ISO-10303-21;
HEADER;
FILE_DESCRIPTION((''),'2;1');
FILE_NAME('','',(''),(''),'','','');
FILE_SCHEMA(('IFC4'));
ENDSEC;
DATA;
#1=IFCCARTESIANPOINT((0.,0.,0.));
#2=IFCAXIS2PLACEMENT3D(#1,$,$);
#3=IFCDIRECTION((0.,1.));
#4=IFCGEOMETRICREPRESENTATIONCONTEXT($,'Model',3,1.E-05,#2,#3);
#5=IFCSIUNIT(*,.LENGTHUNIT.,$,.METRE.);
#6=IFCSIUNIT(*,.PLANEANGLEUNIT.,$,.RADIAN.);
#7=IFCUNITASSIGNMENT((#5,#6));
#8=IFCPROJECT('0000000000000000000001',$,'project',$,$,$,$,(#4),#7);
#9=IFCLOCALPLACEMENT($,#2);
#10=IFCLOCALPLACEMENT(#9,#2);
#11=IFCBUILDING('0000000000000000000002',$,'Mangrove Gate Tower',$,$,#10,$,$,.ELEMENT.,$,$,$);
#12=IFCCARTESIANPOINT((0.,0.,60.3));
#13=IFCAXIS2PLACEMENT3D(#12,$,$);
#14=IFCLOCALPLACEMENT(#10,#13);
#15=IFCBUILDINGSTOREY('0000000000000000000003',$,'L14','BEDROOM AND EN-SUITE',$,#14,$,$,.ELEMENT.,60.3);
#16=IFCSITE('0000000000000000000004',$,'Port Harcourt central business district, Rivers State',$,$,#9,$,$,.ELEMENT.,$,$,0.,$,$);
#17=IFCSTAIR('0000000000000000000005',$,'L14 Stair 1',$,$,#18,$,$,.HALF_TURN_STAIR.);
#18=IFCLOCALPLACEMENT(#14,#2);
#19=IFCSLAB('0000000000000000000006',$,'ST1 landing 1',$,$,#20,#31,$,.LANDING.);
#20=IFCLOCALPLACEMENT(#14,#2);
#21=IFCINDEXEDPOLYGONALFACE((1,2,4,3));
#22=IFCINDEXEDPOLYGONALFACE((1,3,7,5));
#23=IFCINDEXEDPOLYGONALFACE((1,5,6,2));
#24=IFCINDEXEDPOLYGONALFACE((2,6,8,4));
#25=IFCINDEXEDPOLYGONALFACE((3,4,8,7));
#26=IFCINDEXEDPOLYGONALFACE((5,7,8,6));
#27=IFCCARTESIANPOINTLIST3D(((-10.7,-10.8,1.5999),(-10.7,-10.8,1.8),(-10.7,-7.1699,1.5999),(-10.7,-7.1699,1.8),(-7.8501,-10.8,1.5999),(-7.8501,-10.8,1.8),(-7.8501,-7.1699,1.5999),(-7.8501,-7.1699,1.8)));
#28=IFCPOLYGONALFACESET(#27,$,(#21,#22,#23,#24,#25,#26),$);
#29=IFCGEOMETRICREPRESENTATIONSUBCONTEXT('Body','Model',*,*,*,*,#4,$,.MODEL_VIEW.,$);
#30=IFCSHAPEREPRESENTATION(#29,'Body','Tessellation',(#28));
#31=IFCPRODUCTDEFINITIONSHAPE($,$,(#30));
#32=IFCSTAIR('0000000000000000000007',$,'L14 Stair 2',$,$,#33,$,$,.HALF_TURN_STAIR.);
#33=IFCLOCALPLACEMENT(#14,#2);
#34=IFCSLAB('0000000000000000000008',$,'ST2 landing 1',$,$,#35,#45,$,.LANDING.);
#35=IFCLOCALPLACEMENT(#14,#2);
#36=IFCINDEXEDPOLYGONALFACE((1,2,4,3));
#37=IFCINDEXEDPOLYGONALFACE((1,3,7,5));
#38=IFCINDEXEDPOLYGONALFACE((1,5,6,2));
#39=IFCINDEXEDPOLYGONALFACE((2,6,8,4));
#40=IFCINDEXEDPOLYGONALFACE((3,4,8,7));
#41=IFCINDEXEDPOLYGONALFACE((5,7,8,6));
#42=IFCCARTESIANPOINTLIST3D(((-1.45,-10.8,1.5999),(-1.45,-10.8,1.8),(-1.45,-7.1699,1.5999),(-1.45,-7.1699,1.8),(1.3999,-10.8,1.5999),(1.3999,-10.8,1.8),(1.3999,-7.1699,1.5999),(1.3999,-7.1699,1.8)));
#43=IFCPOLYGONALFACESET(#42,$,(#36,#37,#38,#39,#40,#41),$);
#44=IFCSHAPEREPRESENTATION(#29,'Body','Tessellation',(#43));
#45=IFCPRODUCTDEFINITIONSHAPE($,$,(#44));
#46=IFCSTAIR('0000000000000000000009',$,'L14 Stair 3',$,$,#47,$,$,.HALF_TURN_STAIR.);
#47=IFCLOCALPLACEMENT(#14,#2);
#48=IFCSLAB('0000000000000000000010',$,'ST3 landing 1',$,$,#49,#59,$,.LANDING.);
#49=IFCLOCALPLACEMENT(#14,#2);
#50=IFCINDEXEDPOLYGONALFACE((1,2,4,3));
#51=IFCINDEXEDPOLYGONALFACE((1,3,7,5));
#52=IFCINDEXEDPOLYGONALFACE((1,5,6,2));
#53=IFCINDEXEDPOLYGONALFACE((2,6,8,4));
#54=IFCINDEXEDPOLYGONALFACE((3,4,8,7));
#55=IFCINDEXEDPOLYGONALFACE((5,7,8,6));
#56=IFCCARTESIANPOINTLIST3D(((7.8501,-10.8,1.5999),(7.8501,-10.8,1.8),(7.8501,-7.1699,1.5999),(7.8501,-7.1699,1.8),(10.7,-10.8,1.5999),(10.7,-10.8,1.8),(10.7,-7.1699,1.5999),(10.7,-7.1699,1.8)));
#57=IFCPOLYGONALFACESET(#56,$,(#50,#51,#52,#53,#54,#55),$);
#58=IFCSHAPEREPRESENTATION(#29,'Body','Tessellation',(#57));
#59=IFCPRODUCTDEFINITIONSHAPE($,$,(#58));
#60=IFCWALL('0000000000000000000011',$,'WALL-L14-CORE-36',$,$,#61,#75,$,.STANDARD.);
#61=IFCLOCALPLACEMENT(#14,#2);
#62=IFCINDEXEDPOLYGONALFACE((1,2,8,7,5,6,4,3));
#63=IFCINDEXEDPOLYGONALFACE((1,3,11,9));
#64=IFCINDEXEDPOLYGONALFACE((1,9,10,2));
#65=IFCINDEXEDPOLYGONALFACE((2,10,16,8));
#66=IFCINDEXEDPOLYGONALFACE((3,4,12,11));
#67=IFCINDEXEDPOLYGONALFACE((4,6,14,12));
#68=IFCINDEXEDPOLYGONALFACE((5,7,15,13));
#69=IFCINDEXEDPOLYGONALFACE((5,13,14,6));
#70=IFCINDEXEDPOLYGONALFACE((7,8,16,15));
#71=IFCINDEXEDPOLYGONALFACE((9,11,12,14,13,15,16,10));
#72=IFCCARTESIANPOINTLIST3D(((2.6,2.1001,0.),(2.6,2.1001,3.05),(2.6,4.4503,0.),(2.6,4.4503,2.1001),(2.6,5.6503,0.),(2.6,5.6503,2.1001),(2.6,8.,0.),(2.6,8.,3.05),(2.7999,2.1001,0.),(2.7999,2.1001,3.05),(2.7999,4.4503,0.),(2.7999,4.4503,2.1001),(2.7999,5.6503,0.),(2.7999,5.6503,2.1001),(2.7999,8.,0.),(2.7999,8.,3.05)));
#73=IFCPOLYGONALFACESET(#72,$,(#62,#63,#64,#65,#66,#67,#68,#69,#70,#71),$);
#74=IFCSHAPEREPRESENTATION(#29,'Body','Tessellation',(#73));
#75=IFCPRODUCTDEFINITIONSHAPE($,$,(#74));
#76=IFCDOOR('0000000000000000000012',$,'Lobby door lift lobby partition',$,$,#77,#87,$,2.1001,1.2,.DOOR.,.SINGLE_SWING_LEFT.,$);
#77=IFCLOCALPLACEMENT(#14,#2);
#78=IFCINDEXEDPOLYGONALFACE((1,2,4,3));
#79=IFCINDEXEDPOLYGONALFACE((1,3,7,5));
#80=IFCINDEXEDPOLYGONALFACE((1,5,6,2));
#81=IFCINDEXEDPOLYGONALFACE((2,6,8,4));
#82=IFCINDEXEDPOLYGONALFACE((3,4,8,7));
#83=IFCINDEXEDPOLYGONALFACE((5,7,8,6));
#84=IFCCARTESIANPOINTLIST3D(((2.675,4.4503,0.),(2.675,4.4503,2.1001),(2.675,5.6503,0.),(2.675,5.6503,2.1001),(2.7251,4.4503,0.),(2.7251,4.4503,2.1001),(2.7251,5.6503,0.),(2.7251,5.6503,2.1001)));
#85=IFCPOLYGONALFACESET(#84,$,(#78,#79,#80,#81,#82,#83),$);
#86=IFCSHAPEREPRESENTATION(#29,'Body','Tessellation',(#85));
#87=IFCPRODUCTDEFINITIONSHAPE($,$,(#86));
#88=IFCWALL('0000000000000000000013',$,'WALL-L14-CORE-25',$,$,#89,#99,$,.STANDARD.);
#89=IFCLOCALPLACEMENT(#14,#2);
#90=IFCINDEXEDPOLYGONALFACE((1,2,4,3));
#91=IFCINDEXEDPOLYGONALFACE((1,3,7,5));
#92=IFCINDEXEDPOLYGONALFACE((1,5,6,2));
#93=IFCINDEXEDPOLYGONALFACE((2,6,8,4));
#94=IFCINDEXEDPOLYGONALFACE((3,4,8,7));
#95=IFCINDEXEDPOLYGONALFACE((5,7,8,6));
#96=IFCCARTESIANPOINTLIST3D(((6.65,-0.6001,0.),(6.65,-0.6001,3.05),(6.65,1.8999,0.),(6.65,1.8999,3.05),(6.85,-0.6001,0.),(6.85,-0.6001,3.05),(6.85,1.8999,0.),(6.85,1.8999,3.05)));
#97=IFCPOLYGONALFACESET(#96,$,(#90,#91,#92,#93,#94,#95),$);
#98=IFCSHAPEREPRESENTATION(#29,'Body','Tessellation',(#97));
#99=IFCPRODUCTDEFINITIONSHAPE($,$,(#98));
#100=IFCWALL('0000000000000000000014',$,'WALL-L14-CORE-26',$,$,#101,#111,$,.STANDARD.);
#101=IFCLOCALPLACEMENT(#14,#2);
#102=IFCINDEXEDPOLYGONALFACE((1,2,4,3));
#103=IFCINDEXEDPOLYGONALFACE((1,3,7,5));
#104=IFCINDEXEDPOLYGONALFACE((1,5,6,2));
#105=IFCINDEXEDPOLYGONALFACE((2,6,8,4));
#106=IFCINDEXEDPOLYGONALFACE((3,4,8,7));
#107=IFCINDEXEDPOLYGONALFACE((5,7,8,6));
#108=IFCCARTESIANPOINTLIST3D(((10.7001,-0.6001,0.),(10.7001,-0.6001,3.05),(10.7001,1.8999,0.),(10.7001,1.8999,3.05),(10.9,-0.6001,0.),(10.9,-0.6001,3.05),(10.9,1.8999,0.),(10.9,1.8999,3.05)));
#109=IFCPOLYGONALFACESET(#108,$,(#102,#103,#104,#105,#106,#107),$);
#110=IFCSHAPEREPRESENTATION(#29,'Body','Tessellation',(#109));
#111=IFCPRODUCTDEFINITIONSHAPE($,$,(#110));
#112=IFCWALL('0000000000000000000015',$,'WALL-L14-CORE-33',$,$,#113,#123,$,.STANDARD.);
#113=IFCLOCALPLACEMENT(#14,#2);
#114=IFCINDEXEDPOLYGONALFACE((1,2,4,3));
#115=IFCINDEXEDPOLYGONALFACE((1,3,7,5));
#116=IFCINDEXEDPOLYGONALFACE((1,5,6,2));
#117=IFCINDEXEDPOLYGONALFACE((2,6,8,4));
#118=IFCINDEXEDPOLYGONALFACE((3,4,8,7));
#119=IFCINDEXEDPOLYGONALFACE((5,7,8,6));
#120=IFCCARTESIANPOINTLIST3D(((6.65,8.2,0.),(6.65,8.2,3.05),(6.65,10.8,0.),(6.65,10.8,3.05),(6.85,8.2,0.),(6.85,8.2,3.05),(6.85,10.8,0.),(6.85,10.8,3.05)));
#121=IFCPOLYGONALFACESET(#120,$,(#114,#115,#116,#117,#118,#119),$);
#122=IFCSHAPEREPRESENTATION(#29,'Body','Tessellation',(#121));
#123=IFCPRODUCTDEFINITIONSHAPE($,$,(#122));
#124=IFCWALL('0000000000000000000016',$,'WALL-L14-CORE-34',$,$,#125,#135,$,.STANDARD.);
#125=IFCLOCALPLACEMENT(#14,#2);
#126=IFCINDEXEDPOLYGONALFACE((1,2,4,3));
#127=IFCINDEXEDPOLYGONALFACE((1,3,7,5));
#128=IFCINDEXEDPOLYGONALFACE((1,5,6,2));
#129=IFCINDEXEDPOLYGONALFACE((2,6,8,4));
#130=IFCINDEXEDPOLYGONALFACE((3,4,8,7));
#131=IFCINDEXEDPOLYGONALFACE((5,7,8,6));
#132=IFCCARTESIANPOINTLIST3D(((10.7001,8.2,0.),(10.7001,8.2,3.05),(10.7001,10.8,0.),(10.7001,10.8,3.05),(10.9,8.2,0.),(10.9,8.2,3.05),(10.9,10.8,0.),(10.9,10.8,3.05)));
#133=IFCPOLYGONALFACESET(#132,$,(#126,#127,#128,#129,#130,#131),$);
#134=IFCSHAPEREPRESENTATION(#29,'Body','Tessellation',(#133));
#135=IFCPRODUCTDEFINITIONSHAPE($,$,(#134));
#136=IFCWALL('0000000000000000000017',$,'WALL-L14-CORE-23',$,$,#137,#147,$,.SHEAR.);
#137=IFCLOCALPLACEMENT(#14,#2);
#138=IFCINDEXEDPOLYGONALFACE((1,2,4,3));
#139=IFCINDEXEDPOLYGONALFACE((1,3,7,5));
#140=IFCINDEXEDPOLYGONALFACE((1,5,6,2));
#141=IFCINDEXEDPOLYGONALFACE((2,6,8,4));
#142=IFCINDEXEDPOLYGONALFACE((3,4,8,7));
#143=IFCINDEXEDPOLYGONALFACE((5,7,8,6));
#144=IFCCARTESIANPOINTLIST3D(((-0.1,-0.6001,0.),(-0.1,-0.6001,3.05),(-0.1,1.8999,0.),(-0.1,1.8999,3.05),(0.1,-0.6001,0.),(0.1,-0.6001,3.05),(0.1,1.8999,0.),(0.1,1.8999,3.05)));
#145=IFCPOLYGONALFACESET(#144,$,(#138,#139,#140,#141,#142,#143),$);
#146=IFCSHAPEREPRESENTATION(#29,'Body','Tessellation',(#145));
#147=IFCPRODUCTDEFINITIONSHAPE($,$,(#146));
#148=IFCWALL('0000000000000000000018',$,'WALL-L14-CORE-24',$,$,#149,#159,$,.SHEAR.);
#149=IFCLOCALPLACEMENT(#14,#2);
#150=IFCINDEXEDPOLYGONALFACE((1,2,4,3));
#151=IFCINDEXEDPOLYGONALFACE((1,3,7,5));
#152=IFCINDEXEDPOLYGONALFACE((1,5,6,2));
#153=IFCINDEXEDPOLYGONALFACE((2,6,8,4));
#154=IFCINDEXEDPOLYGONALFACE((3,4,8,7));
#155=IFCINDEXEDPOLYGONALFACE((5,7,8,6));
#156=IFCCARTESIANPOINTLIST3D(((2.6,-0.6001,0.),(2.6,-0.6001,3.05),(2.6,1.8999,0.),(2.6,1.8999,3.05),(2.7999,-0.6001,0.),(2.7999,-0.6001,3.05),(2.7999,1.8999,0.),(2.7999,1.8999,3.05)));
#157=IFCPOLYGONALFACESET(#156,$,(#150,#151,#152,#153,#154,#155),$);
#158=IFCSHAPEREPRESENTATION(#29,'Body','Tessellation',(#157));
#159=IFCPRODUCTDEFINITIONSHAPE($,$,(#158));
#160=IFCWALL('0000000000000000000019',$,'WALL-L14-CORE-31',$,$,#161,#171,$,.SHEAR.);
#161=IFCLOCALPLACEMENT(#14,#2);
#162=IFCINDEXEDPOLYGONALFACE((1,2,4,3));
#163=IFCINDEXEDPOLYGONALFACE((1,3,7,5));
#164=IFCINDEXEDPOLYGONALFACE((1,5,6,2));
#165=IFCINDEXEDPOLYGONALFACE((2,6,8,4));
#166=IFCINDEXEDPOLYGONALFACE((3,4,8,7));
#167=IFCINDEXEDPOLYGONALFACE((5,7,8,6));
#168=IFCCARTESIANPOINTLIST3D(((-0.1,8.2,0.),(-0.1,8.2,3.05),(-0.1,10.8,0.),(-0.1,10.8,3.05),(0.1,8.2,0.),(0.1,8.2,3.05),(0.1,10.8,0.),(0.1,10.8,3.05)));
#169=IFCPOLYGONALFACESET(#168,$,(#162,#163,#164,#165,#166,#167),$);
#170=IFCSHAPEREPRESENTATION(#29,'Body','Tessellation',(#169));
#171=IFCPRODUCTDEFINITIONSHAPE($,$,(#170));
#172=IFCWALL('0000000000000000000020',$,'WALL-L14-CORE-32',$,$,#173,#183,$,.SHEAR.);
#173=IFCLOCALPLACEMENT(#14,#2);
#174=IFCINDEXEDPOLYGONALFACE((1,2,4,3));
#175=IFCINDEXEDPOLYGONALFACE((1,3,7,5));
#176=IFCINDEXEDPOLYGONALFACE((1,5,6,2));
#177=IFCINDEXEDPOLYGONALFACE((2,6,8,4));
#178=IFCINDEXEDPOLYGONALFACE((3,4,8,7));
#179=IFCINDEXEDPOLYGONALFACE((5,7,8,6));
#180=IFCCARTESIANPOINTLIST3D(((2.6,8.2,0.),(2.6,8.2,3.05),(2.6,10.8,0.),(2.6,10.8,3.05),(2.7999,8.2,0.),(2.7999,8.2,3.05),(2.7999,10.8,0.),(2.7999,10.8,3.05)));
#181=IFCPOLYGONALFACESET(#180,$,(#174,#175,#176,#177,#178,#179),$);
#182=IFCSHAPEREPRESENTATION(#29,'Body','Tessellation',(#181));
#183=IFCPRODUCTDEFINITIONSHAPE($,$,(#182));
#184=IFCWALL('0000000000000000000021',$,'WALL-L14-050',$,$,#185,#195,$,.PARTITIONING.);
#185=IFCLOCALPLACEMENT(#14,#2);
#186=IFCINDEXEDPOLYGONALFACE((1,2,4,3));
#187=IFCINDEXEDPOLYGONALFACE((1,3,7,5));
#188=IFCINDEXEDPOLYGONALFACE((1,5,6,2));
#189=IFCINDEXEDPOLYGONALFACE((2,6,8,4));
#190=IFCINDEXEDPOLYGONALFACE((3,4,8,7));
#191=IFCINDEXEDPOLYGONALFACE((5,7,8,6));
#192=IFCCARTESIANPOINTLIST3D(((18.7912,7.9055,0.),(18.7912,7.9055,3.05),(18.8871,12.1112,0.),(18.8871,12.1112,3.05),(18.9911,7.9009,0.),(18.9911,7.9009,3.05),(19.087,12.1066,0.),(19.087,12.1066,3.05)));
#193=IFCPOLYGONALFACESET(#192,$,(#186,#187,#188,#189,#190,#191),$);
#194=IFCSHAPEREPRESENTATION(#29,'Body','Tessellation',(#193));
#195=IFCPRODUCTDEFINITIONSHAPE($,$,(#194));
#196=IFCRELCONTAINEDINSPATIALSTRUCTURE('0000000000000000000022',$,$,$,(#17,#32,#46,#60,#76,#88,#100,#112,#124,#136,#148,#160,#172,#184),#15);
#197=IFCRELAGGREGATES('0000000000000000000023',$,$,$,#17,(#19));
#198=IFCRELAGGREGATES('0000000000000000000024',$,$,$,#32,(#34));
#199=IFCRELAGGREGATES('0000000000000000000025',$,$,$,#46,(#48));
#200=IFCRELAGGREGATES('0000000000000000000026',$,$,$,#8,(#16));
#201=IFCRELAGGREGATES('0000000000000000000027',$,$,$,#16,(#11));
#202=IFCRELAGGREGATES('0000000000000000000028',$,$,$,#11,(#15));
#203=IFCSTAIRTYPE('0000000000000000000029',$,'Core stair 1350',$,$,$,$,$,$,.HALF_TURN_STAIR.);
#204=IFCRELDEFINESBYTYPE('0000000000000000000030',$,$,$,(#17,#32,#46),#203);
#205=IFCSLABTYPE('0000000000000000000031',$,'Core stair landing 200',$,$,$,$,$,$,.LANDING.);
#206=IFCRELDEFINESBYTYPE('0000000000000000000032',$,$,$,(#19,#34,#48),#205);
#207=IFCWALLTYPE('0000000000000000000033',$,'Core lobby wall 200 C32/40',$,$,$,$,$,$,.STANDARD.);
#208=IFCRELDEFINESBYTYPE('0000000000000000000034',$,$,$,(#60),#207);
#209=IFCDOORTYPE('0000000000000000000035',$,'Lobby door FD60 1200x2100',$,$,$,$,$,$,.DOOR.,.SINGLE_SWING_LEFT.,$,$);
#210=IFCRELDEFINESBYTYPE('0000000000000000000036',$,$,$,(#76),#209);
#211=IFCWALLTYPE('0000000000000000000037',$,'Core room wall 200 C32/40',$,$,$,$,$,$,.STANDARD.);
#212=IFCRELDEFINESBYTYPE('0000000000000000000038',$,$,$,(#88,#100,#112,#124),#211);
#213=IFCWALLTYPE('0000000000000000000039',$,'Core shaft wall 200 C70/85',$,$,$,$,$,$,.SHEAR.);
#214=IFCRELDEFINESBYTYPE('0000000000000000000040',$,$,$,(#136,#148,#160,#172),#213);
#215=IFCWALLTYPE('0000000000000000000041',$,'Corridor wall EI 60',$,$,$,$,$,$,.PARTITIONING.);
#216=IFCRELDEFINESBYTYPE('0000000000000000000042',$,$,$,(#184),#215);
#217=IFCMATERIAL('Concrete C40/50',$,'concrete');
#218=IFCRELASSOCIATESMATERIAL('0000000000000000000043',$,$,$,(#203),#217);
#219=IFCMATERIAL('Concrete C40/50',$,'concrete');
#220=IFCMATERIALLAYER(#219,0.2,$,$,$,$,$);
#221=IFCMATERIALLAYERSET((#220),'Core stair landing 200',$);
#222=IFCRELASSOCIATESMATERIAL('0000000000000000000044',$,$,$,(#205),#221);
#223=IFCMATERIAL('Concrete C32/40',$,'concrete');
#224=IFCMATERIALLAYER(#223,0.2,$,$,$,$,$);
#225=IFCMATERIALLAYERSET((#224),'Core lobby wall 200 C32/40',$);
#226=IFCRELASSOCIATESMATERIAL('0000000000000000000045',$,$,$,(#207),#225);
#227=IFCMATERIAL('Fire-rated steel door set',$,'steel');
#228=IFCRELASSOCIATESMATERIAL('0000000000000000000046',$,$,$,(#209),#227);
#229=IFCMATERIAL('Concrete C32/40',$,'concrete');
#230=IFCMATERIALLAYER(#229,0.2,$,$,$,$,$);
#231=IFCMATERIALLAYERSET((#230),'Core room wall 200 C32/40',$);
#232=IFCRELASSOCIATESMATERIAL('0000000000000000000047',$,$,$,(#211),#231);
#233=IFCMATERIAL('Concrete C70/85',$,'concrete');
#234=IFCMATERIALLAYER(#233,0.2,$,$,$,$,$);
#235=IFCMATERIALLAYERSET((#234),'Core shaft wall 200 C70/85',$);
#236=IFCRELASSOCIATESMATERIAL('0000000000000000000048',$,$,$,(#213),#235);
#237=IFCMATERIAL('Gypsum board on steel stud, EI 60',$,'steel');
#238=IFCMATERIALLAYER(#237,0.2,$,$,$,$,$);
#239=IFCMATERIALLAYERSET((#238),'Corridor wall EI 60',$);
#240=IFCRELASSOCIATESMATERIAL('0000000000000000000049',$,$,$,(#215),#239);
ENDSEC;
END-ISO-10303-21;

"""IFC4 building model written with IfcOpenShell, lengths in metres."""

from ifc_helpers import new_model, si_unit, direction, frame, frame_2d, origin, place, context, subcontext, project, spatial, polyline, rectangle, outline, extrude, material, layer, layer_set, type_object, element, fill, aggregate, save


model = new_model("IFC4")

# Units and contexts
model_context = context("Model", 3, precision=1e-05, world=origin(), true_north=direction((0.0, 1.0)))
body_context = subcontext(model_context, "Body", "Model", "MODEL_VIEW")
ifc_project = project(units=[si_unit("LENGTHUNIT", "METRE"), si_unit("PLANEANGLEUNIT", "RADIAN")], contexts=[model_context])

# Site, building, storey
site_placement = place(None, origin())
site = spatial("IfcSite", under=ifc_project, at=site_placement, Name="Port Harcourt central business district, Rivers State", CompositionType="ELEMENT", RefElevation=0.0)
building_placement = place(site_placement, origin())
building = spatial("IfcBuilding", under=site, at=building_placement, Name="Mangrove Gate Tower", CompositionType="ELEMENT")
storey_placement = place(building_placement, frame((0.0, 0.0, 60.3)))
storey = spatial("IfcBuildingStorey", under=building, at=storey_placement, Name="L14", Description="BEDROOM AND EN-SUITE", CompositionType="ELEMENT", Elevation=60.3)

# Stairs, slabs
ifc_material_1 = material(Name="Concrete C40/50", Category="concrete")
stair_type = type_object("IfcStairType", Name="Core stair 1350", PredefinedType="HALF_TURN_STAIR", material=ifc_material_1)
stair_1_placement = place(storey_placement, origin())
stair_1 = element("IfcStair", 1, at=stair_1_placement, inside=storey, type_object=stair_type, Name="L14 Stair 1", PredefinedType="HALF_TURN_STAIR")
ifc_material_2 = material(Name="Concrete C40/50", Category="concrete")
ifc_layer_1 = layer(ifc_material_2, 0.2)
ifc_layer_set_1 = layer_set([ifc_layer_1], Name="Core stair landing 200")
slab_type_1 = type_object("IfcSlabType", Name="Core stair landing 200", PredefinedType="LANDING", material=ifc_layer_set_1)
slab_1_placement = place(storey_placement, frame((0.0, 0.0, 1.5999)))
slab_1 = element("IfcSlab", 2, at=slab_1_placement, type_object=slab_type_1, Name="ST1 landing 1", PredefinedType="LANDING", context=body_context, shape_type="SweptSolid", body=[
    extrude(outline(polyline([(-10.7, -7.1699), (-10.7, -10.8), (-7.8501, -10.8), (-7.8501, -7.1699), (-10.7, -7.1699)])), origin(), (0.0, 0.0, 1.0), 0.2002),
])
aggregate(stair_1, [slab_1])
stair_2_placement = place(storey_placement, origin())
stair_2 = element("IfcStair", 3, at=stair_2_placement, inside=storey, type_object=stair_type, Name="L14 Stair 2", PredefinedType="HALF_TURN_STAIR")
slab_2_placement = place(storey_placement, frame((0.0, 0.0, 1.5999)))
slab_2 = element("IfcSlab", 4, at=slab_2_placement, type_object=slab_type_1, Name="ST2 landing 1", PredefinedType="LANDING", context=body_context, shape_type="SweptSolid", body=[
    extrude(outline(polyline([(-1.45, -7.1699), (-1.45, -10.8), (1.3999, -10.8), (1.3999, -7.1699), (-1.45, -7.1699)])), origin(), (0.0, 0.0, 1.0), 0.2002),
])
aggregate(stair_2, [slab_2])
stair_3_placement = place(storey_placement, origin())
stair_3 = element("IfcStair", 5, at=stair_3_placement, inside=storey, type_object=stair_type, Name="L14 Stair 3", PredefinedType="HALF_TURN_STAIR")
slab_3_placement = place(storey_placement, frame((0.0, 0.0, 1.5999)))
slab_3 = element("IfcSlab", 6, at=slab_3_placement, type_object=slab_type_1, Name="ST3 landing 1", PredefinedType="LANDING", context=body_context, shape_type="SweptSolid", body=[
    extrude(outline(polyline([(7.8501, -7.1699), (7.8501, -10.8), (10.7, -10.8), (10.7, -7.1699), (7.8501, -7.1699)])), origin(), (0.0, 0.0, 1.0), 0.2002),
])
aggregate(stair_3, [slab_3])

# Wall, opening, door
ifc_material_3 = material(Name="Concrete C32/40", Category="concrete")
ifc_layer_2 = layer(ifc_material_3, 0.2)
ifc_layer_set_2 = layer_set([ifc_layer_2], Name="Core lobby wall 200 C32/40")
wall_type_1 = type_object("IfcWallType", Name="Core lobby wall 200 C32/40", PredefinedType="STANDARD", material=ifc_layer_set_2)
wall_1_placement = place(storey_placement, frame((2.7, 2.1001, 0.0), z_axis=(0.0, 0.0, 1.0), x_axis=(0.0, 1.0, 0.0)))
wall_1 = element("IfcWall", 7, at=wall_1_placement, inside=storey, type_object=wall_type_1, Name="WALL-L14-CORE-36", PredefinedType="STANDARD", context=body_context, shape_type="SweptSolid", body=[
    extrude(rectangle(XDim=5.8999, YDim=0.2, at=frame_2d((2.95, 0.0))), origin(), (0.0, 0.0, 1.0), 3.05),
])
opening_placement = place(wall_1_placement, frame((2.3501, 0.0, 0.0)))
opening = element("IfcOpeningElement", 8, at=opening_placement, cuts=wall_1, PredefinedType="OPENING", context=body_context, shape_type="SweptSolid", body=[
    extrude(rectangle(XDim=1.2, YDim=2.1001, at=frame_2d((0.6001, 1.05))), frame((0.0, 0.1099, 0.0), z_axis=(0.0, -1.0, 0.0), x_axis=(1.0, 0.0, 0.0)), (0.0, 0.0, 1.0), 0.22),
])
ifc_material_4 = material(Name="Fire-rated steel door set", Category="steel")
door_type = type_object("IfcDoorType", Name="Lobby door FD60 1200x2100", OperationType="SINGLE_SWING_LEFT", PredefinedType="DOOR", material=ifc_material_4)
door_placement = place(opening_placement, origin())
door = element("IfcDoor", 9, at=door_placement, inside=storey, type_object=door_type, Name="Lobby door lift lobby partition", OperationType="SINGLE_SWING_LEFT", OverallHeight=2.1001, OverallWidth=1.2, PredefinedType="DOOR", context=body_context, shape_type="SweptSolid", body=[
    extrude(rectangle(XDim=1.2, YDim=2.1001, at=frame_2d((0.6001, 1.05))), frame((0.0, 0.0249, 0.0), z_axis=(0.0, -1.0, 0.0), x_axis=(1.0, 0.0, 0.0)), (0.0, 0.0, 1.0), 0.05),
])
fill(opening, door)

# Walls
ifc_material_5 = material(Name="Concrete C32/40", Category="concrete")
ifc_layer_3 = layer(ifc_material_5, 0.2)
ifc_layer_set_3 = layer_set([ifc_layer_3], Name="Core room wall 200 C32/40")
wall_type_2 = type_object("IfcWallType", Name="Core room wall 200 C32/40", PredefinedType="STANDARD", material=ifc_layer_set_3)
for number, where, z_axis, x_axis, name in (
    (10, (6.75, -0.6001, 0.0), (0.0, 0.0, 1.0), (0.0, 1.0, 0.0), "WALL-L14-CORE-25"),
    (11, (10.8, -0.6001, 0.0), (0.0, 0.0, 1.0), (0.0, 1.0, 0.0), "WALL-L14-CORE-26"),
):
    element("IfcWall", number, at=place(storey_placement, frame(where, z_axis=z_axis, x_axis=x_axis)), inside=storey, type_object=wall_type_2, Name=name, PredefinedType="STANDARD", context=body_context, shape_type="SweptSolid", body=[
        extrude(rectangle(XDim=2.5, YDim=0.2, at=frame_2d((1.25, 0.0))), origin(), (0.0, 0.0, 1.0), 3.05),
    ])
for number, where, z_axis, x_axis, name in (
    (12, (6.75, 8.2, 0.0), (0.0, 0.0, 1.0), (0.0, 1.0, 0.0), "WALL-L14-CORE-33"),
    (13, (10.8, 8.2, 0.0), (0.0, 0.0, 1.0), (0.0, 1.0, 0.0), "WALL-L14-CORE-34"),
):
    element("IfcWall", number, at=place(storey_placement, frame(where, z_axis=z_axis, x_axis=x_axis)), inside=storey, type_object=wall_type_2, Name=name, PredefinedType="STANDARD", context=body_context, shape_type="SweptSolid", body=[
        extrude(rectangle(XDim=2.6001, YDim=0.2, at=frame_2d((1.3, 0.0))), origin(), (0.0, 0.0, 1.0), 3.05),
    ])
ifc_material_6 = material(Name="Concrete C70/85", Category="concrete")
ifc_layer_4 = layer(ifc_material_6, 0.2)
ifc_layer_set_4 = layer_set([ifc_layer_4], Name="Core shaft wall 200 C70/85")
wall_type_3 = type_object("IfcWallType", Name="Core shaft wall 200 C70/85", PredefinedType="SHEAR", material=ifc_layer_set_4)
for number, where, z_axis, x_axis, name in (
    (14, (0.0, -0.6001, 0.0), (0.0, 0.0, 1.0), (0.0, 1.0, 0.0), "WALL-L14-CORE-23"),
    (15, (2.7, -0.6001, 0.0), (0.0, 0.0, 1.0), (0.0, 1.0, 0.0), "WALL-L14-CORE-24"),
):
    element("IfcWall", number, at=place(storey_placement, frame(where, z_axis=z_axis, x_axis=x_axis)), inside=storey, type_object=wall_type_3, Name=name, PredefinedType="SHEAR", context=body_context, shape_type="SweptSolid", body=[
        extrude(rectangle(XDim=2.5, YDim=0.2, at=frame_2d((1.25, 0.0))), origin(), (0.0, 0.0, 1.0), 3.05),
    ])
for number, where, z_axis, x_axis, name in (
    (16, (0.0, 8.2, 0.0), (0.0, 0.0, 1.0), (0.0, 1.0, 0.0), "WALL-L14-CORE-31"),
    (17, (2.7, 8.2, 0.0), (0.0, 0.0, 1.0), (0.0, 1.0, 0.0), "WALL-L14-CORE-32"),
):
    element("IfcWall", number, at=place(storey_placement, frame(where, z_axis=z_axis, x_axis=x_axis)), inside=storey, type_object=wall_type_3, Name=name, PredefinedType="SHEAR", context=body_context, shape_type="SweptSolid", body=[
        extrude(rectangle(XDim=2.6001, YDim=0.2, at=frame_2d((1.3, 0.0))), origin(), (0.0, 0.0, 1.0), 3.05),
    ])
ifc_material_7 = material(Name="Gypsum board on steel stud, EI 60", Category="steel")
ifc_layer_5 = layer(ifc_material_7, 0.2)
ifc_layer_set_5 = layer_set([ifc_layer_5], Name="Corridor wall EI 60")
wall_type_4 = type_object("IfcWallType", Name="Corridor wall EI 60", PredefinedType="PARTITIONING", material=ifc_layer_set_5)
wall_2_placement = place(storey_placement, frame((18.8911, 7.9031, 0.0), z_axis=(0.0, 0.0, 1.0), x_axis=(0.022807, 0.99974, 0.0)))
element("IfcWall", 18, at=wall_2_placement, inside=storey, type_object=wall_type_4, Name="WALL-L14-050", PredefinedType="PARTITIONING", context=body_context, shape_type="SweptSolid", body=[
    extrude(rectangle(XDim=4.2068, YDim=0.2, at=frame_2d((2.1035, 0.0))), origin(), (0.0, 0.0, 1.0), 3.05),
])

save(model, "model.ifc")
